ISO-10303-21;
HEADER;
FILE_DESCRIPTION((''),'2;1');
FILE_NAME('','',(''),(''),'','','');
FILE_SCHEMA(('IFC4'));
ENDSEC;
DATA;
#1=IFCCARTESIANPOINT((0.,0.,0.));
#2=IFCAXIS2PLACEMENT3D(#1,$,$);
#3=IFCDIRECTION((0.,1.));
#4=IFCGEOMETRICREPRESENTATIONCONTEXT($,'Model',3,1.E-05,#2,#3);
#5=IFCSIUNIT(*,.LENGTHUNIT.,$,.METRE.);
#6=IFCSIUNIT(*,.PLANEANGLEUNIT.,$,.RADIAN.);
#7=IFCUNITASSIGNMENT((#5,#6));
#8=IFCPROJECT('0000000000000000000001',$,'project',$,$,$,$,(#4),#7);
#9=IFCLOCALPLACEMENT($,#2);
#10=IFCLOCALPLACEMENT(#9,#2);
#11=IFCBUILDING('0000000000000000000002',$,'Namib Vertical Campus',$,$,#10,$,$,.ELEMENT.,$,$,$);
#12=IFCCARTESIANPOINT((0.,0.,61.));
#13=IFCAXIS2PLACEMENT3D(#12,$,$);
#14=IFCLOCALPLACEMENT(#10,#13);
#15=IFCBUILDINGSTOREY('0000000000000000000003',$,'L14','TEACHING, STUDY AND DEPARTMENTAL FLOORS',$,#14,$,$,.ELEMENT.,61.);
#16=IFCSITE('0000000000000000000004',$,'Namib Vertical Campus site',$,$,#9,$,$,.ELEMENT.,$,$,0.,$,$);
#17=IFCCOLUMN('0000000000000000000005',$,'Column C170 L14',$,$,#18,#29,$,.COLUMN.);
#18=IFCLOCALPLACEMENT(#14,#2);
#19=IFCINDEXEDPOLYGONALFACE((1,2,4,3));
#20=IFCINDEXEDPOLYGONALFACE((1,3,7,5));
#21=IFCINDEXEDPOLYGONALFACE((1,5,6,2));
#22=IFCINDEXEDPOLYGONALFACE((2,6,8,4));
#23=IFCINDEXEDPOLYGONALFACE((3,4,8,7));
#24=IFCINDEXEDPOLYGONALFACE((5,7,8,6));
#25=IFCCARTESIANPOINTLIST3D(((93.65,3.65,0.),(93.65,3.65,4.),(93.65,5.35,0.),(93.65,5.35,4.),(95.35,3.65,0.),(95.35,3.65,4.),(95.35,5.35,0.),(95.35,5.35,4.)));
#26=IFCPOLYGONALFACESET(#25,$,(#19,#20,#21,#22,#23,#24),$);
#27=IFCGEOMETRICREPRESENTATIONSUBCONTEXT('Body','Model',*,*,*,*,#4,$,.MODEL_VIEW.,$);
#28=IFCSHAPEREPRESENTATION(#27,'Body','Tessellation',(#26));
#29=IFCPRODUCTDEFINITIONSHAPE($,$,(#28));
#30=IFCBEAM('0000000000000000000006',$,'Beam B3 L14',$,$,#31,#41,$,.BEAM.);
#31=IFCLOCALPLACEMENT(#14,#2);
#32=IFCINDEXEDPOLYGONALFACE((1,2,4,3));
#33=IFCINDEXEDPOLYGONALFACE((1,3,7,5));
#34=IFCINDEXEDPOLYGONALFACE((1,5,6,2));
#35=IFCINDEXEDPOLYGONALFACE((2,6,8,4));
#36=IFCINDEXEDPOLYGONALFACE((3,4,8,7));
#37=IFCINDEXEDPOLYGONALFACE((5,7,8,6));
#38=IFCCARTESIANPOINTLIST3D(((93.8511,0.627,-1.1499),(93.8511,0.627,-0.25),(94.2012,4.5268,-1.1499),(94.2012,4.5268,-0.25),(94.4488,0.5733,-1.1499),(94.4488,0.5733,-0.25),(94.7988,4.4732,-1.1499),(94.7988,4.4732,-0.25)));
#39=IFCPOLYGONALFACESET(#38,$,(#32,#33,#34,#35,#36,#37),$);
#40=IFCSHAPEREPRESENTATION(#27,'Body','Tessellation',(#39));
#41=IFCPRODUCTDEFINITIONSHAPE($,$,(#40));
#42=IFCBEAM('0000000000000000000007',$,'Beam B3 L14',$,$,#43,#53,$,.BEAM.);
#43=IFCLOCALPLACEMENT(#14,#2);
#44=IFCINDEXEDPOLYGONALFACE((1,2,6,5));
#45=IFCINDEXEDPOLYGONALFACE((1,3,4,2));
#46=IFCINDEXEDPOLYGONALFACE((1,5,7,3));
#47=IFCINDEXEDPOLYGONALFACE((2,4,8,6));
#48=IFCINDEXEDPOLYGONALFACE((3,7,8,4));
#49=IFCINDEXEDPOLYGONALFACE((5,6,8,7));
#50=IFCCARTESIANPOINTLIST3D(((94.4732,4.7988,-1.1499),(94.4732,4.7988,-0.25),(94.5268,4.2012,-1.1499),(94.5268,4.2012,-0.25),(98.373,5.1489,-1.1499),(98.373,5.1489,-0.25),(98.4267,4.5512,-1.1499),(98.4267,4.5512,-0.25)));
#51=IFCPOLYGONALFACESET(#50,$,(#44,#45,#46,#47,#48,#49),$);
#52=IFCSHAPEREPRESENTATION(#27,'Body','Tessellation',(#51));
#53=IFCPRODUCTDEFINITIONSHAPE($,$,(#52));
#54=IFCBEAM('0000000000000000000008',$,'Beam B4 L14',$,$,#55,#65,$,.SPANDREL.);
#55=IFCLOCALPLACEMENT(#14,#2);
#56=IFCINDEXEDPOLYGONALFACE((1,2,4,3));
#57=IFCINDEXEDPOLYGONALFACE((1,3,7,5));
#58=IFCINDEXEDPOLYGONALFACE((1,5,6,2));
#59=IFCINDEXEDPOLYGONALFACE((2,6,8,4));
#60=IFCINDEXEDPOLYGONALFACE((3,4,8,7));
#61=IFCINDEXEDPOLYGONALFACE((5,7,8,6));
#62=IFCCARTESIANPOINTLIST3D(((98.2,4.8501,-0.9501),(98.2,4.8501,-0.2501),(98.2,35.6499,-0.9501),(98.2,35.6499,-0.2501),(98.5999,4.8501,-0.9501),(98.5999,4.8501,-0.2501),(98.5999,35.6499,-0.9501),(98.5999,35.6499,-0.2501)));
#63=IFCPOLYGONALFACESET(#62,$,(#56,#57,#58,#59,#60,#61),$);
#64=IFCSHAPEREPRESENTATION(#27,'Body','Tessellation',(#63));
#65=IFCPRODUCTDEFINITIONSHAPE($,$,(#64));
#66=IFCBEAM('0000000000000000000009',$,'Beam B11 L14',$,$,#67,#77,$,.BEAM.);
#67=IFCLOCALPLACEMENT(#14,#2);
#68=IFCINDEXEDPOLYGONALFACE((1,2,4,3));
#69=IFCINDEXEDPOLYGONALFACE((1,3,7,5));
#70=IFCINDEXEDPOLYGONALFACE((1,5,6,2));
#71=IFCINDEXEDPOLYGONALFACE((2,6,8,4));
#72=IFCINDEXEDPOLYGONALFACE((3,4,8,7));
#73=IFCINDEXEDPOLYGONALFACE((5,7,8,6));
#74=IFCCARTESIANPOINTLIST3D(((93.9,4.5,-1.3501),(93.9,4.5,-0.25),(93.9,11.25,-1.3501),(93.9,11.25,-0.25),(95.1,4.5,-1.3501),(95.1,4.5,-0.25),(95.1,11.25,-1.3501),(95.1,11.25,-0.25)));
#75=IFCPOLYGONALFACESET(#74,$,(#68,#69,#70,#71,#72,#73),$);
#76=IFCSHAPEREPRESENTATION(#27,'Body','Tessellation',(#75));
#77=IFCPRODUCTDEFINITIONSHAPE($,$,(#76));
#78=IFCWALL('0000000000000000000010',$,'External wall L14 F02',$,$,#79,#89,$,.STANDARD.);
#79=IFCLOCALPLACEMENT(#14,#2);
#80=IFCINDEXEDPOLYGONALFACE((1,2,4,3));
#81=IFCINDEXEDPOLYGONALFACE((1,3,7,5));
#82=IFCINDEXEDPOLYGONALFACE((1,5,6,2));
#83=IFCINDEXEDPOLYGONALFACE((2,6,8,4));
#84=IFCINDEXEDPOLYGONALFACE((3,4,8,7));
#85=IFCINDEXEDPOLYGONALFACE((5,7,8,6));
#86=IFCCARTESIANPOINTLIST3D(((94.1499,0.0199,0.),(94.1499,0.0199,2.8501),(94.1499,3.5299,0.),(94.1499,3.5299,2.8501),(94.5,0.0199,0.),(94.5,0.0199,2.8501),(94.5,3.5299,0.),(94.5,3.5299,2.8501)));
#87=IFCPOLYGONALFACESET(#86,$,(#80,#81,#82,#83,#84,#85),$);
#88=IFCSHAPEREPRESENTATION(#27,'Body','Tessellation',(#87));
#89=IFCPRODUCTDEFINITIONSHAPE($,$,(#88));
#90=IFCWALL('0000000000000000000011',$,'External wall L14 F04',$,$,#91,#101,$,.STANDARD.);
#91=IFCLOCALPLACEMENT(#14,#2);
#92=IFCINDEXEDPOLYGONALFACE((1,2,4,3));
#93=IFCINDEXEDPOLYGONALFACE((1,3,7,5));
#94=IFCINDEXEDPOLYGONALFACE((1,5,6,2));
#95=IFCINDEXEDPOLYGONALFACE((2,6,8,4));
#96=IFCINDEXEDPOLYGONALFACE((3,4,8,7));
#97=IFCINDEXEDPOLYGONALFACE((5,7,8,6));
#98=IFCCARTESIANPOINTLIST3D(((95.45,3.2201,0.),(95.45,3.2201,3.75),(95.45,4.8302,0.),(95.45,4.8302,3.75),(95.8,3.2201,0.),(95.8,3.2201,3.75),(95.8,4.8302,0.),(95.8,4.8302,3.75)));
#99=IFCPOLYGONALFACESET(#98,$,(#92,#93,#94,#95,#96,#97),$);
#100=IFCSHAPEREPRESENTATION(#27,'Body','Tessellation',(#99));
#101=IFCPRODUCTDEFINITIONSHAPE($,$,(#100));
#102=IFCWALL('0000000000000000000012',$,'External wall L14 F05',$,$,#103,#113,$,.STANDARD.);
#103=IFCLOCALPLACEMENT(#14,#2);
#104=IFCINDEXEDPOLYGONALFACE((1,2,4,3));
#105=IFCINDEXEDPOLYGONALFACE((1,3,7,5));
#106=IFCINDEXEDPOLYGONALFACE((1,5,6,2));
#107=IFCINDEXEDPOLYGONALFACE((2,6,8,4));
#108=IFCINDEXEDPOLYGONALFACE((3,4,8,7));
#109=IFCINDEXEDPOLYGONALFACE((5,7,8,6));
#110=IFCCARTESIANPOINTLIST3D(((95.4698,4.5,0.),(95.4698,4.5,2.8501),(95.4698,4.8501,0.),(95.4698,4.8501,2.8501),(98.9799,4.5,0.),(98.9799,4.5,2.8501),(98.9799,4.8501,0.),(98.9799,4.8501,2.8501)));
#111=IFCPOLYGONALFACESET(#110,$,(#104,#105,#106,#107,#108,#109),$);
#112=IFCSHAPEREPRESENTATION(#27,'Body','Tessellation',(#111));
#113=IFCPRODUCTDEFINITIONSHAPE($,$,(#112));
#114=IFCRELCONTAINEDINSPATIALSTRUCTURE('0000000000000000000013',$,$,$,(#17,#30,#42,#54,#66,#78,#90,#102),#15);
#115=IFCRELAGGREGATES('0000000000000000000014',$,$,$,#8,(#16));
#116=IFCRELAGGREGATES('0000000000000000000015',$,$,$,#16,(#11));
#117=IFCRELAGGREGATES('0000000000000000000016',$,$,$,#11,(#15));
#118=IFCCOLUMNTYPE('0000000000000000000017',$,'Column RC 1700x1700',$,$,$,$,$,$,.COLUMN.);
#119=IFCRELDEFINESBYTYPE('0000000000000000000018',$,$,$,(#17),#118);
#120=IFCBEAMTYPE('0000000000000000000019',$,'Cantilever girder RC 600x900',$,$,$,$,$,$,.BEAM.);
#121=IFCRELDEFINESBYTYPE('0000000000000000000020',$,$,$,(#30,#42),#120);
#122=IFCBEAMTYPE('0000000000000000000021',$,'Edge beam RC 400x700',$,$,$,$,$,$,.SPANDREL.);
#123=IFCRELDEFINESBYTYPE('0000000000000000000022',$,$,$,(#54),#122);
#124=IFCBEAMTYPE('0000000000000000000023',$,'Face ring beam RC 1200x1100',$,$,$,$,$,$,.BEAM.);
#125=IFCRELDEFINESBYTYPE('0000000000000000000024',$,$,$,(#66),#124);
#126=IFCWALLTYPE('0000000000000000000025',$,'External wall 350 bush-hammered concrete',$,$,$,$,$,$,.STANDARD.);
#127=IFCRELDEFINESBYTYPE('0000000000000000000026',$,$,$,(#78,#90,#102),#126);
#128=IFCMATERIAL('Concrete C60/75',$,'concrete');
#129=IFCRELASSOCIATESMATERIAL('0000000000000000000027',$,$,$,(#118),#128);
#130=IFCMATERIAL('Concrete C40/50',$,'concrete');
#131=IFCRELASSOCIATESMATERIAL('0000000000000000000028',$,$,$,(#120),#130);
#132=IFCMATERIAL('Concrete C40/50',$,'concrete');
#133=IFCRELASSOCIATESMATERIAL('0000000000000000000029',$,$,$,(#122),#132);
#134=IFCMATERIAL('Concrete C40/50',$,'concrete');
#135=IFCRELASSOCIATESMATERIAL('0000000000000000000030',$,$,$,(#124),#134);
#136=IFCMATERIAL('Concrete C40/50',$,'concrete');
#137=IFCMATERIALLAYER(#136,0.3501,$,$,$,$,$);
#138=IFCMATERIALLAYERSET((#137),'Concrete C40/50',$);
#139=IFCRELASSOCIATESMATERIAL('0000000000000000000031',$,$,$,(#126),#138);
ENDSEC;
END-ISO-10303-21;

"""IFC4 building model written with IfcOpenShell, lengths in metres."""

from ifc_helpers import new_model, si_unit, direction, frame, frame_2d, origin, origin_2d, place, context, subcontext, project, spatial, rectangle, extrude, material, layer, layer_set, material_profile, profile_set, type_object, element, save


model = new_model("IFC4")

# Units and contexts
model_context = context("Model", 3, precision=1e-05, world=origin(), true_north=direction((0.0, 1.0)))
body_context = subcontext(model_context, "Body", "Model", "MODEL_VIEW")
ifc_project = project(units=[si_unit("LENGTHUNIT", "METRE"), si_unit("PLANEANGLEUNIT", "RADIAN")], contexts=[model_context])

# Site, building, storey
site_placement = place(None, origin())
site = spatial("IfcSite", under=ifc_project, at=site_placement, Name="Namib Vertical Campus site", CompositionType="ELEMENT", RefElevation=0.0)
building_placement = place(site_placement, origin())
building = spatial("IfcBuilding", under=site, at=building_placement, Name="Namib Vertical Campus", CompositionType="ELEMENT")
storey_placement = place(building_placement, frame((0.0, 0.0, 61.0)))
storey = spatial("IfcBuildingStorey", under=building, at=storey_placement, Name="L14", Description="TEACHING, STUDY AND DEPARTMENTAL FLOORS", CompositionType="ELEMENT", Elevation=61.0)

# Column
ifc_material_1 = material(Name="Concrete C60/75", Category="concrete")
ifc_material_profile_1 = material_profile(ifc_material_1, rectangle(XDim=1.7, YDim=1.7, at=origin_2d()))
ifc_profile_set_1 = profile_set([ifc_material_profile_1], Name="Concrete C60/75")
column_type = type_object("IfcColumnType", Name="Column RC 1700x1700", PredefinedType="COLUMN", material=ifc_profile_set_1)
column_placement = place(storey_placement, frame((94.5, 4.5, 0.0), z_axis=(0.0, 0.0, 1.0), x_axis=(1.0, 0.0, 0.0)))
element("IfcColumn", 1, at=column_placement, inside=storey, type_object=column_type, Name="Column C170 L14", PredefinedType="COLUMN", context=body_context, shape_type="SweptSolid", body=[
    extrude(rectangle(XDim=1.7, YDim=1.7, at=origin_2d()), origin(), (0.0, 0.0, 1.0), 4.0),
])

# Beams
ifc_material_2 = material(Name="Concrete C40/50", Category="concrete")
ifc_material_profile_2 = material_profile(ifc_material_2, rectangle(XDim=0.6001, YDim=0.8999, at=origin_2d()))
ifc_profile_set_2 = profile_set([ifc_material_profile_2], Name="Concrete C40/50")
beam_type_1 = type_object("IfcBeamType", Name="Cantilever girder RC 600x900", PredefinedType="BEAM", material=ifc_profile_set_2)
for number, where, z_axis, x_axis, name in (
    (2, (94.5, 4.5, -0.7), (-0.089411, -0.995995, 0.0), (0.995995, -0.089411, 0.0), "Beam B3 L14"),
    (3, (94.5, 4.5, -0.7), (0.995995, 0.089411, 0.0), (-0.089411, 0.995995, 0.0), "Beam B3 L14"),
):
    element("IfcBeam", number, at=place(storey_placement, frame(where, z_axis=z_axis, x_axis=x_axis)), inside=storey, type_object=beam_type_1, Name=name, PredefinedType="BEAM", context=body_context, shape_type="SweptSolid", body=[
        extrude(rectangle(XDim=0.6001, YDim=0.8999, at=origin_2d()), origin(), (0.0, 0.0, 1.0), 3.9155),
    ])
ifc_material_3 = material(Name="Concrete C40/50", Category="concrete")
ifc_material_profile_3 = material_profile(ifc_material_3, rectangle(XDim=0.3999, YDim=0.7, at=origin_2d()))
ifc_profile_set_3 = profile_set([ifc_material_profile_3], Name="Concrete C40/50")
beam_type_2 = type_object("IfcBeamType", Name="Edge beam RC 400x700", PredefinedType="SPANDREL", material=ifc_profile_set_3)
beam_1_placement = place(storey_placement, frame((98.3999, 4.8501, -0.6001), z_axis=(0.0, 1.0, 0.0), x_axis=(-1.0, 0.0, 0.0)))
element("IfcBeam", 4, at=beam_1_placement, inside=storey, type_object=beam_type_2, Name="Beam B4 L14", PredefinedType="SPANDREL", context=body_context, shape_type="SweptSolid", body=[
    extrude(rectangle(XDim=0.3999, YDim=0.7, at=origin_2d()), origin(), (0.0, 0.0, 1.0), 30.7998),
])
ifc_material_4 = material(Name="Concrete C40/50", Category="concrete")
ifc_material_profile_4 = material_profile(ifc_material_4, rectangle(XDim=1.2, YDim=1.1001, at=origin_2d()))
ifc_profile_set_4 = profile_set([ifc_material_profile_4], Name="Concrete C40/50")
beam_type_3 = type_object("IfcBeamType", Name="Face ring beam RC 1200x1100", PredefinedType="BEAM", material=ifc_profile_set_4)
beam_2_placement = place(storey_placement, frame((94.5, 4.5, -0.8), z_axis=(0.0, 1.0, 0.0), x_axis=(-1.0, 0.0, 0.0)))
element("IfcBeam", 5, at=beam_2_placement, inside=storey, type_object=beam_type_3, Name="Beam B11 L14", PredefinedType="BEAM", context=body_context, shape_type="SweptSolid", body=[
    extrude(rectangle(XDim=1.2, YDim=1.1001, at=origin_2d()), origin(), (0.0, 0.0, 1.0), 6.75),
])

# Walls
ifc_material_5 = material(Name="Concrete C40/50", Category="concrete")
ifc_layer_1 = layer(ifc_material_5, 0.3501)
ifc_layer_set_1 = layer_set([ifc_layer_1], Name="Concrete C40/50")
wall_type = type_object("IfcWallType", Name="External wall 350 bush-hammered concrete", PredefinedType="STANDARD", material=ifc_layer_set_1)
wall_1_placement = place(storey_placement, frame((94.325, 0.02, 0.0), z_axis=(0.0, 0.0, 1.0), x_axis=(0.0, 1.0, 0.0)))
element("IfcWall", 6, at=wall_1_placement, inside=storey, type_object=wall_type, Name="External wall L14 F02", PredefinedType="STANDARD", context=body_context, shape_type="SweptSolid", body=[
    extrude(rectangle(XDim=3.51, YDim=0.3501, at=frame_2d((1.7549, 0.0))), origin(), (0.0, 0.0, 1.0), 2.8501),
])
wall_2_placement = place(storey_placement, frame((95.625, 3.22, 0.0), z_axis=(0.0, 0.0, 1.0), x_axis=(0.0, 1.0, 0.0)))
element("IfcWall", 7, at=wall_2_placement, inside=storey, type_object=wall_type, Name="External wall L14 F04", PredefinedType="STANDARD", context=body_context, shape_type="SweptSolid", body=[
    extrude(rectangle(XDim=1.6101, YDim=0.3501, at=frame_2d((0.8052, 0.0))), origin(), (0.0, 0.0, 1.0), 3.75),
])
wall_3_placement = place(storey_placement, frame((95.47, 4.675, 0.0), z_axis=(0.0, 0.0, 1.0), x_axis=(1.0, 0.0, 0.0)))
element("IfcWall", 8, at=wall_3_placement, inside=storey, type_object=wall_type, Name="External wall L14 F05", PredefinedType="STANDARD", context=body_context, shape_type="SweptSolid", body=[
    extrude(rectangle(XDim=3.51, YDim=0.3501, at=frame_2d((1.7549, 0.0))), origin(), (0.0, 0.0, 1.0), 2.8501),
])

save(model, "model.ifc")
